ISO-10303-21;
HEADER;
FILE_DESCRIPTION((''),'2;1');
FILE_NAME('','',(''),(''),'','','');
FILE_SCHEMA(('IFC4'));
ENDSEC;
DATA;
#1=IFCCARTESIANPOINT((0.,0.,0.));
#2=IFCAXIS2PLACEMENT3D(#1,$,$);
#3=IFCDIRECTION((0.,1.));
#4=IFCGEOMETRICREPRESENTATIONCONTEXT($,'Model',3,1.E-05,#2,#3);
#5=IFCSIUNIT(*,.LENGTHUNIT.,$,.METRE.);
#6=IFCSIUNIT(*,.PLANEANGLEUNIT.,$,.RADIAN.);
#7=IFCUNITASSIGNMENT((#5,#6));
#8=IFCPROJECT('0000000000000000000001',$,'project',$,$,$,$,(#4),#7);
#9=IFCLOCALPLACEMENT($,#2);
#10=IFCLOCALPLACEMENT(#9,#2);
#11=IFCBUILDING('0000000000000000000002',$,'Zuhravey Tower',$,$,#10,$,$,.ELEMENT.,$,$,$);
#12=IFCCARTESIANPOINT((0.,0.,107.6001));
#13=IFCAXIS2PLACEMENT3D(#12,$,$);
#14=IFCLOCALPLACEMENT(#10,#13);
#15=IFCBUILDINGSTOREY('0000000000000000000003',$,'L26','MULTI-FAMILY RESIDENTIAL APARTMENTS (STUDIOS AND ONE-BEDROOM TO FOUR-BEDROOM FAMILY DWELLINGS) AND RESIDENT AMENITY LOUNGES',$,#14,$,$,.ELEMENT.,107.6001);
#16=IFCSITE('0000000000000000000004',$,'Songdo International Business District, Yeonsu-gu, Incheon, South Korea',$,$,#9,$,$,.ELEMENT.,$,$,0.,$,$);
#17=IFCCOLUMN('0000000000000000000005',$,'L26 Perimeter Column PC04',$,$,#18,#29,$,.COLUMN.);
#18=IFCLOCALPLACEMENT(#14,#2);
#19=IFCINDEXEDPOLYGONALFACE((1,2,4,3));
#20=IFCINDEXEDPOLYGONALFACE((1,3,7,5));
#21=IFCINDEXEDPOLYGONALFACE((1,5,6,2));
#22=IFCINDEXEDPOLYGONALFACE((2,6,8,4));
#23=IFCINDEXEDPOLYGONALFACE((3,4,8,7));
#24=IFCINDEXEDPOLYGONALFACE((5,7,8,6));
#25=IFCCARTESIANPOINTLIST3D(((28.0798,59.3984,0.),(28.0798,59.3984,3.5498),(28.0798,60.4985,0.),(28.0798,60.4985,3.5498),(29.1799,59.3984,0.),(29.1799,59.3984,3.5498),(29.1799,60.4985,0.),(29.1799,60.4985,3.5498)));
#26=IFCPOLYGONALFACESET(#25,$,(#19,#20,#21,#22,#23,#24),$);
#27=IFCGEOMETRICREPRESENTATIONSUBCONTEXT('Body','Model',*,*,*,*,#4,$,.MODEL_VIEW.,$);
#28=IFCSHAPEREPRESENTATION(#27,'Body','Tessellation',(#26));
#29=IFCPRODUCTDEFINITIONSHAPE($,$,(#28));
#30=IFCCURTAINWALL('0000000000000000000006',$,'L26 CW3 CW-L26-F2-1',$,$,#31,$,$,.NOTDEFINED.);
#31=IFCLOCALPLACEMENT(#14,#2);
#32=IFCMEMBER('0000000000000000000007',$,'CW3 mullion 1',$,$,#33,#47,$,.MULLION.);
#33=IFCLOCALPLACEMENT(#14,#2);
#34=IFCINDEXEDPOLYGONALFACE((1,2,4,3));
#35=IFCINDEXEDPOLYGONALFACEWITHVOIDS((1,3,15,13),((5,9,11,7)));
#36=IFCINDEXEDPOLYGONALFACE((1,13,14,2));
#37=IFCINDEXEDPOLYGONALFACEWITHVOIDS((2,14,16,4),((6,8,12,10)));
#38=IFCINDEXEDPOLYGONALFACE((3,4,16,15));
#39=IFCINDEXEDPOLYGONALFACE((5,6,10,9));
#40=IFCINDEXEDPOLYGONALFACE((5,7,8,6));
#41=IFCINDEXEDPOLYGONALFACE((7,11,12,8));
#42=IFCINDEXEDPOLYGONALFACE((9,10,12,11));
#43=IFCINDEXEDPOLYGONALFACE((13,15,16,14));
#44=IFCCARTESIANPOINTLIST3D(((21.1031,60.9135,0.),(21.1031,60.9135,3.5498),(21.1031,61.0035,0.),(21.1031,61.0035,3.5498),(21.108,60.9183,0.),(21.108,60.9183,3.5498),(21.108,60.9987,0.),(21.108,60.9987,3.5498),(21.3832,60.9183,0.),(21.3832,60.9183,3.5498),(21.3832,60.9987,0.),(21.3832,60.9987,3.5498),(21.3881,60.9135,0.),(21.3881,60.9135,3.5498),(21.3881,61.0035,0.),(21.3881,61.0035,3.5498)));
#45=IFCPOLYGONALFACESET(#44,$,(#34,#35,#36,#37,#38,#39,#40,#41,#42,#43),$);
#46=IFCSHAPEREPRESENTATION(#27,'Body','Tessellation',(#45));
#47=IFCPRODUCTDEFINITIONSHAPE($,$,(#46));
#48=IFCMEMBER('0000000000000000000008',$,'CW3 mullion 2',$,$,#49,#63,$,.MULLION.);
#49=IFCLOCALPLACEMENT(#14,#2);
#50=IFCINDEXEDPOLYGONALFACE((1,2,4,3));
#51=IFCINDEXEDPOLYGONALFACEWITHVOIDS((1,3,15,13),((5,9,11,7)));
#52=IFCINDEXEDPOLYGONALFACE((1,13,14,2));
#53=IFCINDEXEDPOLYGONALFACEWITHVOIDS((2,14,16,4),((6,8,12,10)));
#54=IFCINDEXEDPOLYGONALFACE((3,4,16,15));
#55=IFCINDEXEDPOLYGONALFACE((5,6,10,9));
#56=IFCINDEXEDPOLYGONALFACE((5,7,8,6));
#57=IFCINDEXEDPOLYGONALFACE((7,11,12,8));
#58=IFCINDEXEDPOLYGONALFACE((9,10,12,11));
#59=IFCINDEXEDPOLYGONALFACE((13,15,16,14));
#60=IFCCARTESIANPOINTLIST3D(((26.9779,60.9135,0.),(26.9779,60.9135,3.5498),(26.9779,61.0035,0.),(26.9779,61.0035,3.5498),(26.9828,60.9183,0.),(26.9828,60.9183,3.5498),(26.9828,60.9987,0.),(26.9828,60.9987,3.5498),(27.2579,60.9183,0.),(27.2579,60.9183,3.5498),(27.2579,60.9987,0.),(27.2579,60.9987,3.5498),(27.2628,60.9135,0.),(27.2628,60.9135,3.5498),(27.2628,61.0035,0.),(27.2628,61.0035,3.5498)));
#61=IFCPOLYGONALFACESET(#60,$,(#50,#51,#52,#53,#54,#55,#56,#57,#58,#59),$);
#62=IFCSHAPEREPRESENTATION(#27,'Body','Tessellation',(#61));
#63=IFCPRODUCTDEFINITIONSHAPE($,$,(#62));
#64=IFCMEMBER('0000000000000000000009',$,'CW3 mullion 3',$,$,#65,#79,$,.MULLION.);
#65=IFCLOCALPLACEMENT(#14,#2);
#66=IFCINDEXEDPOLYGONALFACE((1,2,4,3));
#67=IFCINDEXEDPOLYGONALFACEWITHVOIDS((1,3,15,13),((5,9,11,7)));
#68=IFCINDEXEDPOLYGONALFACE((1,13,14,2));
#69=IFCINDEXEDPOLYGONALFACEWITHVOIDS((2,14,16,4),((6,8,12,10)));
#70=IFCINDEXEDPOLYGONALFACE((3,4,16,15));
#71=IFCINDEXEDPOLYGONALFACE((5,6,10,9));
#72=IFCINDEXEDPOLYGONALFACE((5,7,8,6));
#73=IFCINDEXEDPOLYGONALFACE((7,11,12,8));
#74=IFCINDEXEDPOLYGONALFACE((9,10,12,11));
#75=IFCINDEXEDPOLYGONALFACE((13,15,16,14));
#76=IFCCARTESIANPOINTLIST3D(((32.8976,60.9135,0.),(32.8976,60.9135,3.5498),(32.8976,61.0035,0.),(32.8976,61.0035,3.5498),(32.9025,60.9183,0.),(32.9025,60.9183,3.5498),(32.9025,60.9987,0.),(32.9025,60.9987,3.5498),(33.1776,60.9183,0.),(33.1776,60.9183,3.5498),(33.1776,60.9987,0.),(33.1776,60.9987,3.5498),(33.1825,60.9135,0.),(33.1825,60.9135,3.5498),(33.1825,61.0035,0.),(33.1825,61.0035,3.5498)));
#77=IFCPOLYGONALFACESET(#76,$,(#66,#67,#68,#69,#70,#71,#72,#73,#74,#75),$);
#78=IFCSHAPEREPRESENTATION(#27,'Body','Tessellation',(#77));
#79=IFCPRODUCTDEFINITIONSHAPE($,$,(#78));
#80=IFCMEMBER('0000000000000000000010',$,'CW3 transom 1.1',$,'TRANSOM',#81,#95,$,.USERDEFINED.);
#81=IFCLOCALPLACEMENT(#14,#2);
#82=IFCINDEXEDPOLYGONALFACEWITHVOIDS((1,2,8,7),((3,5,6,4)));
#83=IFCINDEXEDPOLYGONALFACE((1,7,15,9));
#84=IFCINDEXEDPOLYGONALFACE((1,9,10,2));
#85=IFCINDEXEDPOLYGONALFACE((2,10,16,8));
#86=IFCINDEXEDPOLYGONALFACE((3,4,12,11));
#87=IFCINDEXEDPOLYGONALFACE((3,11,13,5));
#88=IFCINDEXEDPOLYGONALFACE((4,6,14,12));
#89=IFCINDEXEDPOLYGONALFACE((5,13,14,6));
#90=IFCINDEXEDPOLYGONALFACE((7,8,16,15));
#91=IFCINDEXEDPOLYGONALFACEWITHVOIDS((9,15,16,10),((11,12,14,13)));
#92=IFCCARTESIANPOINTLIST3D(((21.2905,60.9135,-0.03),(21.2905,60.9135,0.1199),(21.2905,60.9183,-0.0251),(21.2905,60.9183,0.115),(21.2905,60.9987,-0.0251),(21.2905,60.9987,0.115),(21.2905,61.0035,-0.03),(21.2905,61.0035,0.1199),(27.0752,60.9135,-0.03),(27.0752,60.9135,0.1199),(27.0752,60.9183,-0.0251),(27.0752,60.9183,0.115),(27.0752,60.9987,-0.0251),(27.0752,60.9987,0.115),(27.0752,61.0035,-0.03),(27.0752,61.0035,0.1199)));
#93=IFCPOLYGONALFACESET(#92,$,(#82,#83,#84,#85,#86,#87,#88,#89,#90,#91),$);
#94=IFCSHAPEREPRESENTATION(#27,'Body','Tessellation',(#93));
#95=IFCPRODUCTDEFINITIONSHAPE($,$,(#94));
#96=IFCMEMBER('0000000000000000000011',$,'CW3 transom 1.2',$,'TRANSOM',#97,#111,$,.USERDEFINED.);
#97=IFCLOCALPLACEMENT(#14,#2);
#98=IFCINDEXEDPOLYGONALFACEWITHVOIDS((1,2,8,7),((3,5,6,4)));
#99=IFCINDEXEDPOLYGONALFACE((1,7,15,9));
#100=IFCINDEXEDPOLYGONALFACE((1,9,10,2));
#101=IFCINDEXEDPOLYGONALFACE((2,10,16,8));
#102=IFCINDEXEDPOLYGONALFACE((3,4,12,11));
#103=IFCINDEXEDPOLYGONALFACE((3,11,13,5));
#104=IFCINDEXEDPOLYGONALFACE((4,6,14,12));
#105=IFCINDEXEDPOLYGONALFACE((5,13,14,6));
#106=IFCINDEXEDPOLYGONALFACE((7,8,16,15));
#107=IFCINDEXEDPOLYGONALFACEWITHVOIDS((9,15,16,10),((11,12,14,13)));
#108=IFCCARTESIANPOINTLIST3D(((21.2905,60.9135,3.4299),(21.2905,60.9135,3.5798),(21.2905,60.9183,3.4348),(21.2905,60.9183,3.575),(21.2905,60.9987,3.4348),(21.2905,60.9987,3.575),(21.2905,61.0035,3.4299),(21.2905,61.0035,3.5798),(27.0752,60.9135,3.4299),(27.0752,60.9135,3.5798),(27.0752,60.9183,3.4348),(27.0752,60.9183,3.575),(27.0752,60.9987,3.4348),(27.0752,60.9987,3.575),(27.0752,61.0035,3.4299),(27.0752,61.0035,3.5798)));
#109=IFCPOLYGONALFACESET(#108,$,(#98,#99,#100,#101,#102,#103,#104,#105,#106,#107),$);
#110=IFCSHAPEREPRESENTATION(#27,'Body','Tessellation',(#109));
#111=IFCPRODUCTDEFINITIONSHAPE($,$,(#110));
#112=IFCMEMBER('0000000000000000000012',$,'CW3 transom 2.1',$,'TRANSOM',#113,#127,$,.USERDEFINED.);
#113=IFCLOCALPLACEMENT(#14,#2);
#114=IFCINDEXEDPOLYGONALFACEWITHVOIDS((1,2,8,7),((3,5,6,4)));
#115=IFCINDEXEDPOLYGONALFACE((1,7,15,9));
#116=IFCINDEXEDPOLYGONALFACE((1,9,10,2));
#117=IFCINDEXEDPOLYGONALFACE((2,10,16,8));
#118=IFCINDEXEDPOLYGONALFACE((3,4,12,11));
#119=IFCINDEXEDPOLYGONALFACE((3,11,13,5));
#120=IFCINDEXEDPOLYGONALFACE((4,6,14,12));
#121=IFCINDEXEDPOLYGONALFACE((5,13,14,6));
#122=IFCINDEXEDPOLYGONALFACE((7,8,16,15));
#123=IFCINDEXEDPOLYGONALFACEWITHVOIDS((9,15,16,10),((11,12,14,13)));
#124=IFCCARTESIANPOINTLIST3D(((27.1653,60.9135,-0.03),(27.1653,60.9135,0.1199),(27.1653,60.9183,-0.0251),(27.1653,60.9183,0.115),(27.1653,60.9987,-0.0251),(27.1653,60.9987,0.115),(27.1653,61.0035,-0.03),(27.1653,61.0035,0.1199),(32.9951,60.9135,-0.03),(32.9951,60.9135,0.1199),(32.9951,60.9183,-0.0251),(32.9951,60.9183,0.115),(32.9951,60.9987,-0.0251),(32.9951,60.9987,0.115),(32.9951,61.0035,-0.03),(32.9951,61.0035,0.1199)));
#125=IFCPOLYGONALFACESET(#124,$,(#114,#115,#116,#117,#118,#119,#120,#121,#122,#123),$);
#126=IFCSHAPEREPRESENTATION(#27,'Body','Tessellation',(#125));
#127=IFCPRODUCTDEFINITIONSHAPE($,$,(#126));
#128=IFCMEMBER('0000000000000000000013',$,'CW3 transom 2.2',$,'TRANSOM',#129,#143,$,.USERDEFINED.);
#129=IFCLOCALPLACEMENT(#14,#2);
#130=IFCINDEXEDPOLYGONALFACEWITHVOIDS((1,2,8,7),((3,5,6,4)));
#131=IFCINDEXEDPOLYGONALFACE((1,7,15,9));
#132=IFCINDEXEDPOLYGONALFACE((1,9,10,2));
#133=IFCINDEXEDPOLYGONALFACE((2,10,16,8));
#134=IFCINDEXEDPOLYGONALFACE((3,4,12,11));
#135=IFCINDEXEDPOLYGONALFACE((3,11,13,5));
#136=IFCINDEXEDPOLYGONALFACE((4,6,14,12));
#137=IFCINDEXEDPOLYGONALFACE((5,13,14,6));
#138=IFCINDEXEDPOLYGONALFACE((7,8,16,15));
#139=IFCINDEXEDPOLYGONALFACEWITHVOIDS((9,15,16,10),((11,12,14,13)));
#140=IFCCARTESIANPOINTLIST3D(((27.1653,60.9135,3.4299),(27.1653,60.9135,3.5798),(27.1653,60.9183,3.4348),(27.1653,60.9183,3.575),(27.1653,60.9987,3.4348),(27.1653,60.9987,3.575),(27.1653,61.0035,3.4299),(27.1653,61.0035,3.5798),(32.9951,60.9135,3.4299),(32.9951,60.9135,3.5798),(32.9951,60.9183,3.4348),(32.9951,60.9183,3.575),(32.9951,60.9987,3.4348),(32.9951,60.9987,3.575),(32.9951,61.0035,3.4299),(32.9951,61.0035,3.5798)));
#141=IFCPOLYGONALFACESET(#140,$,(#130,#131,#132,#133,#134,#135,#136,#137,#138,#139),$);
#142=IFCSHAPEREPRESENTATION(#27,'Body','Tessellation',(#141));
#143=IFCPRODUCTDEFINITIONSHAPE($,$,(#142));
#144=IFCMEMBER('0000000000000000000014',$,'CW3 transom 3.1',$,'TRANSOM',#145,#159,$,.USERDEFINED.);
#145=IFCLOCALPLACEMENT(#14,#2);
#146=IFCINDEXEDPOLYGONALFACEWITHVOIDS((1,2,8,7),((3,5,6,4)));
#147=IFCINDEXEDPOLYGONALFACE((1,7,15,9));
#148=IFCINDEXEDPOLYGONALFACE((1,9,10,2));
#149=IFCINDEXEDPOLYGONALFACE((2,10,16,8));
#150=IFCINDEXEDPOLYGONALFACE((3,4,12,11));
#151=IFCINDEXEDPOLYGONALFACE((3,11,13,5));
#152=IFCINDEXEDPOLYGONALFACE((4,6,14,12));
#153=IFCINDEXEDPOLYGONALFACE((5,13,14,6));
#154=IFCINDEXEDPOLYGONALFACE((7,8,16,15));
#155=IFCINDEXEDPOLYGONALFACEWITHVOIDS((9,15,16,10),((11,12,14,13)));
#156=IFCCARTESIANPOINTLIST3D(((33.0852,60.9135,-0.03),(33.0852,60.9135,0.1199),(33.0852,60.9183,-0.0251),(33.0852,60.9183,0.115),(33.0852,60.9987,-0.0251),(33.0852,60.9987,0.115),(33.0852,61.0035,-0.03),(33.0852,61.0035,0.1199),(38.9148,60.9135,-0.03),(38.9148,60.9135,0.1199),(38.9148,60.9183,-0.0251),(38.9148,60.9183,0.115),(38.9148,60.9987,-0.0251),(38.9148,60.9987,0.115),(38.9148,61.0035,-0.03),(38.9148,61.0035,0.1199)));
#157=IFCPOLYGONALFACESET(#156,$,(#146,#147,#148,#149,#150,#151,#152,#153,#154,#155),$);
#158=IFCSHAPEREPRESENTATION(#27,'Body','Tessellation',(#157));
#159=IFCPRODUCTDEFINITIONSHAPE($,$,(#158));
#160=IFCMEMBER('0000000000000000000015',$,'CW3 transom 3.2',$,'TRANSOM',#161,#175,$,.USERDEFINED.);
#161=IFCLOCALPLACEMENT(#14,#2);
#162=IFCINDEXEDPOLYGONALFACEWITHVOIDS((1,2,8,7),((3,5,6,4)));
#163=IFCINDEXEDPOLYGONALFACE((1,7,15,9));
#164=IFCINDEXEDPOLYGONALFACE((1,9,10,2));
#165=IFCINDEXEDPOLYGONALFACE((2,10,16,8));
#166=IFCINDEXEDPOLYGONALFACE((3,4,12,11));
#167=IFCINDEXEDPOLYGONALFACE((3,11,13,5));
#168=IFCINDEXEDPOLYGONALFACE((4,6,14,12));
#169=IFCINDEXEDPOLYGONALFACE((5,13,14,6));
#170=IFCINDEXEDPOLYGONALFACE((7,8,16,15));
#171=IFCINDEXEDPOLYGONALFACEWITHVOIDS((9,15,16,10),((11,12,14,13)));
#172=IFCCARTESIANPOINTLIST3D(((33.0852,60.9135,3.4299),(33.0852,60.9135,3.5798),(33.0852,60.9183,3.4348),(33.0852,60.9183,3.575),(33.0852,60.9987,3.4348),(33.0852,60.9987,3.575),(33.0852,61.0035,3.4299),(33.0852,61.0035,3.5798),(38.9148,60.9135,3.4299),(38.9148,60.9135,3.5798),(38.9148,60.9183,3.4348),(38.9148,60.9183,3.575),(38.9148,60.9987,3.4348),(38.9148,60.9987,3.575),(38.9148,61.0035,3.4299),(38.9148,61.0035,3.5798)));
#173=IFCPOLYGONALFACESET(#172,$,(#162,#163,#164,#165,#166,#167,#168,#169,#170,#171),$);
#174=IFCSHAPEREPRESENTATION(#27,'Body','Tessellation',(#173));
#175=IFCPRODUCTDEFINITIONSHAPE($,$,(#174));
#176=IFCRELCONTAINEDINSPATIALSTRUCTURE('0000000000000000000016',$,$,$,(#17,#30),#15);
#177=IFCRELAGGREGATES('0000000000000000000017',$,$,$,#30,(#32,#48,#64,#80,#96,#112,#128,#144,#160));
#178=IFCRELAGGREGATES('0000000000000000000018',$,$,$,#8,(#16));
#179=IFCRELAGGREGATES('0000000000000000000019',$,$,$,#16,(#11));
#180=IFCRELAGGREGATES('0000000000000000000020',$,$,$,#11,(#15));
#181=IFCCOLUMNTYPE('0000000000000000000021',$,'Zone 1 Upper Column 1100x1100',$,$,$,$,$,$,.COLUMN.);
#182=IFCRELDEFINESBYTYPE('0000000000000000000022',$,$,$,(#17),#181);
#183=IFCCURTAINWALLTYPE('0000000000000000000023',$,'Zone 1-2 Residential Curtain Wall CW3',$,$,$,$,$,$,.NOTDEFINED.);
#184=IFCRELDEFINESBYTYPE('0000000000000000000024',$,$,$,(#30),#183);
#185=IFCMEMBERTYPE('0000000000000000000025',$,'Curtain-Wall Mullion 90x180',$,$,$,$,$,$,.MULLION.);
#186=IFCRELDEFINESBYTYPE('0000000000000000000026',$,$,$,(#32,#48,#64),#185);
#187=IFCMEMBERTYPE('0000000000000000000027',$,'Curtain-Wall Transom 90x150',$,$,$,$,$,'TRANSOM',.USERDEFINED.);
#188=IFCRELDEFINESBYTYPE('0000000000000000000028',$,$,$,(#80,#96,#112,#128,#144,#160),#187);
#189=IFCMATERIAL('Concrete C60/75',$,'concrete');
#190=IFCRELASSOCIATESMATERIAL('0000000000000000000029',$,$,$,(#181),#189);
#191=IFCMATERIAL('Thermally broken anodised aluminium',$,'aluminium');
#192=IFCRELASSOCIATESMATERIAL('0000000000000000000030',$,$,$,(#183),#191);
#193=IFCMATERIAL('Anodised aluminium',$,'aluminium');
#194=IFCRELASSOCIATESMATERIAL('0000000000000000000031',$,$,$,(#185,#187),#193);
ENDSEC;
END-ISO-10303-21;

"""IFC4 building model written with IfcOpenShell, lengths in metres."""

from ifc_helpers import new_model, si_unit, direction, frame, origin, origin_2d, place, context, subcontext, project, spatial, rectangle, hollow_rectangle, extrude, material, material_profile, profile_set, type_object, element, aggregate, save


model = new_model("IFC4")

# Units and contexts
model_context = context("Model", 3, precision=1e-05, world=origin(), true_north=direction((0.0, 1.0)))
body_context = subcontext(model_context, "Body", "Model", "MODEL_VIEW")
ifc_project = project(units=[si_unit("LENGTHUNIT", "METRE"), si_unit("PLANEANGLEUNIT", "RADIAN")], contexts=[model_context])

# Site, building, storey
site_placement = place(None, origin())
site = spatial("IfcSite", under=ifc_project, at=site_placement, Name="Songdo International Business District, Yeonsu-gu, Incheon, South Korea", CompositionType="ELEMENT", RefElevation=0.0)
building_placement = place(site_placement, origin())
building = spatial("IfcBuilding", under=site, at=building_placement, Name="Zuhravey Tower", CompositionType="ELEMENT")
storey_placement = place(building_placement, frame((0.0, 0.0, 107.6001)))
storey = spatial("IfcBuildingStorey", under=building, at=storey_placement, Name="L26", Description="MULTI-FAMILY RESIDENTIAL APARTMENTS (STUDIOS AND ONE-BEDROOM TO FOUR-BEDROOM FAMILY DWELLINGS) AND RESIDENT AMENITY LOUNGES", CompositionType="ELEMENT", Elevation=107.6001)

# Column
ifc_material_1 = material(Name="Concrete C60/75", Category="concrete")
ifc_material_profile_1 = material_profile(ifc_material_1, rectangle(XDim=1.1001, YDim=1.1001, at=origin_2d()), Name="RC-1100x1100")
ifc_profile_set_1 = profile_set([ifc_material_profile_1], Name="Concrete C60/75")
column_type = type_object("IfcColumnType", Name="Zone 1 Upper Column 1100x1100", PredefinedType="COLUMN", material=ifc_profile_set_1)
column_placement = place(storey_placement, frame((28.6299, 59.9485, 0.0), z_axis=(0.0, 0.0, 1.0), x_axis=(-1.0, 0.0, 0.0)))
element("IfcColumn", 1, at=column_placement, inside=storey, type_object=column_type, Name="L26 Perimeter Column PC04", PredefinedType="COLUMN", context=body_context, shape_type="SweptSolid", body=[
    extrude(rectangle(XDim=1.1001, YDim=1.1001, at=origin_2d()), origin(), (0.0, 0.0, 1.0), 3.5498),
])

# Curtain wall, members
ifc_material_2 = material(Name="Thermally broken anodised aluminium", Category="aluminium")
curtain_wall_type = type_object("IfcCurtainWallType", Name="Zone 1-2 Residential Curtain Wall CW3", PredefinedType="NOTDEFINED", material=ifc_material_2)
curtain_wall_placement = place(storey_placement, origin())
curtain_wall = element("IfcCurtainWall", 2, at=curtain_wall_placement, inside=storey, type_object=curtain_wall_type, Name="L26 CW3 CW-L26-F2-1", PredefinedType="NOTDEFINED")
ifc_material_3 = material(Name="Anodised aluminium", Category="aluminium")
ifc_material_profile_2 = material_profile(ifc_material_3, hollow_rectangle(XDim=0.0901, YDim=0.2849, WallThickness=0.0049, at=origin_2d()), Name="ALU-RHS-90x285x5")
ifc_profile_set_2 = profile_set([ifc_material_profile_2], Name="Anodised aluminium")
member_type_1 = type_object("IfcMemberType", Name="Curtain-Wall Mullion 90x180", PredefinedType="MULLION", material=ifc_profile_set_2)
member_1_placement = place(storey_placement, frame((21.2456, 60.9585, 0.0), z_axis=(0.0, 0.0, 1.0), x_axis=(0.0, 1.0, 0.0)))
member_1 = element("IfcMember", 3, at=member_1_placement, type_object=member_type_1, Name="CW3 mullion 1", PredefinedType="MULLION", context=body_context, shape_type="SweptSolid", body=[
    extrude(hollow_rectangle(XDim=0.0901, YDim=0.2849, WallThickness=0.0049, at=origin_2d()), origin(), (0.0, 0.0, 1.0), 3.5498),
])
member_2_placement = place(storey_placement, frame((27.1204, 60.9585, 0.0), z_axis=(0.0, 0.0, 1.0), x_axis=(0.0, 1.0, 0.0)))
member_2 = element("IfcMember", 4, at=member_2_placement, type_object=member_type_1, Name="CW3 mullion 2", PredefinedType="MULLION", context=body_context, shape_type="SweptSolid", body=[
    extrude(hollow_rectangle(XDim=0.0901, YDim=0.2849, WallThickness=0.0049, at=origin_2d()), origin(), (0.0, 0.0, 1.0), 3.5498),
])
member_3_placement = place(storey_placement, frame((33.04, 60.9585, 0.0), z_axis=(0.0, 0.0, 1.0), x_axis=(0.0, 1.0, 0.0)))
member_3 = element("IfcMember", 5, at=member_3_placement, type_object=member_type_1, Name="CW3 mullion 3", PredefinedType="MULLION", context=body_context, shape_type="SweptSolid", body=[
    extrude(hollow_rectangle(XDim=0.0901, YDim=0.2849, WallThickness=0.0049, at=origin_2d()), origin(), (0.0, 0.0, 1.0), 3.5498),
])
ifc_material_profile_3 = material_profile(ifc_material_3, hollow_rectangle(XDim=0.0901, YDim=0.1499, WallThickness=0.0049, at=origin_2d()), Name="ALU-RHS-90x150x5")
ifc_profile_set_3 = profile_set([ifc_material_profile_3], Name="Anodised aluminium")
member_type_2 = type_object("IfcMemberType", Name="Curtain-Wall Transom 90x150", ElementType="TRANSOM", PredefinedType="USERDEFINED", material=ifc_profile_set_3)
member_4_placement = place(storey_placement, frame((21.2905, 60.9585, 0.0449), z_axis=(1.0, 0.0, 0.0), x_axis=(0.0, 1.0, 0.0)))
member_4 = element("IfcMember", 6, at=member_4_placement, type_object=member_type_2, Name="CW3 transom 1.1", ObjectType="TRANSOM", PredefinedType="USERDEFINED", context=body_context, shape_type="SweptSolid", body=[
    extrude(hollow_rectangle(XDim=0.0901, YDim=0.1499, WallThickness=0.0049, at=origin_2d()), origin(), (0.0, 0.0, 1.0), 5.7847),
])
member_5_placement = place(storey_placement, frame((21.2905, 60.9585, 3.5049), z_axis=(1.0, 0.0, 0.0), x_axis=(0.0, 1.0, 0.0)))
member_5 = element("IfcMember", 7, at=member_5_placement, type_object=member_type_2, Name="CW3 transom 1.2", ObjectType="TRANSOM", PredefinedType="USERDEFINED", context=body_context, shape_type="SweptSolid", body=[
    extrude(hollow_rectangle(XDim=0.0901, YDim=0.1499, WallThickness=0.0049, at=origin_2d()), origin(), (0.0, 0.0, 1.0), 5.7847),
])
member_6_placement = place(storey_placement, frame((27.1653, 60.9585, 0.0449), z_axis=(1.0, 0.0, 0.0), x_axis=(0.0, 1.0, 0.0)))
member_6 = element("IfcMember", 8, at=member_6_placement, type_object=member_type_2, Name="CW3 transom 2.1", ObjectType="TRANSOM", PredefinedType="USERDEFINED", context=body_context, shape_type="SweptSolid", body=[
    extrude(hollow_rectangle(XDim=0.0901, YDim=0.1499, WallThickness=0.0049, at=origin_2d()), origin(), (0.0, 0.0, 1.0), 5.8298),
])
member_7_placement = place(storey_placement, frame((27.1653, 60.9585, 3.5049), z_axis=(1.0, 0.0, 0.0), x_axis=(0.0, 1.0, 0.0)))
member_7 = element("IfcMember", 9, at=member_7_placement, type_object=member_type_2, Name="CW3 transom 2.2", ObjectType="TRANSOM", PredefinedType="USERDEFINED", context=body_context, shape_type="SweptSolid", body=[
    extrude(hollow_rectangle(XDim=0.0901, YDim=0.1499, WallThickness=0.0049, at=origin_2d()), origin(), (0.0, 0.0, 1.0), 5.8298),
])
member_8_placement = place(storey_placement, frame((33.0852, 60.9585, 0.0449), z_axis=(1.0, 0.0, 0.0), x_axis=(0.0, 1.0, 0.0)))
member_8 = element("IfcMember", 10, at=member_8_placement, type_object=member_type_2, Name="CW3 transom 3.1", ObjectType="TRANSOM", PredefinedType="USERDEFINED", context=body_context, shape_type="SweptSolid", body=[
    extrude(hollow_rectangle(XDim=0.0901, YDim=0.1499, WallThickness=0.0049, at=origin_2d()), origin(), (0.0, 0.0, 1.0), 5.8296),
])
member_9_placement = place(storey_placement, frame((33.0852, 60.9585, 3.5049), z_axis=(1.0, 0.0, 0.0), x_axis=(0.0, 1.0, 0.0)))
member_9 = element("IfcMember", 11, at=member_9_placement, type_object=member_type_2, Name="CW3 transom 3.2", ObjectType="TRANSOM", PredefinedType="USERDEFINED", context=body_context, shape_type="SweptSolid", body=[
    extrude(hollow_rectangle(XDim=0.0901, YDim=0.1499, WallThickness=0.0049, at=origin_2d()), origin(), (0.0, 0.0, 1.0), 5.8296),
])

aggregate(curtain_wall, [member_1, member_2, member_3, member_4, member_5, member_6, member_7, member_8, member_9])

save(model, "model.ifc")
